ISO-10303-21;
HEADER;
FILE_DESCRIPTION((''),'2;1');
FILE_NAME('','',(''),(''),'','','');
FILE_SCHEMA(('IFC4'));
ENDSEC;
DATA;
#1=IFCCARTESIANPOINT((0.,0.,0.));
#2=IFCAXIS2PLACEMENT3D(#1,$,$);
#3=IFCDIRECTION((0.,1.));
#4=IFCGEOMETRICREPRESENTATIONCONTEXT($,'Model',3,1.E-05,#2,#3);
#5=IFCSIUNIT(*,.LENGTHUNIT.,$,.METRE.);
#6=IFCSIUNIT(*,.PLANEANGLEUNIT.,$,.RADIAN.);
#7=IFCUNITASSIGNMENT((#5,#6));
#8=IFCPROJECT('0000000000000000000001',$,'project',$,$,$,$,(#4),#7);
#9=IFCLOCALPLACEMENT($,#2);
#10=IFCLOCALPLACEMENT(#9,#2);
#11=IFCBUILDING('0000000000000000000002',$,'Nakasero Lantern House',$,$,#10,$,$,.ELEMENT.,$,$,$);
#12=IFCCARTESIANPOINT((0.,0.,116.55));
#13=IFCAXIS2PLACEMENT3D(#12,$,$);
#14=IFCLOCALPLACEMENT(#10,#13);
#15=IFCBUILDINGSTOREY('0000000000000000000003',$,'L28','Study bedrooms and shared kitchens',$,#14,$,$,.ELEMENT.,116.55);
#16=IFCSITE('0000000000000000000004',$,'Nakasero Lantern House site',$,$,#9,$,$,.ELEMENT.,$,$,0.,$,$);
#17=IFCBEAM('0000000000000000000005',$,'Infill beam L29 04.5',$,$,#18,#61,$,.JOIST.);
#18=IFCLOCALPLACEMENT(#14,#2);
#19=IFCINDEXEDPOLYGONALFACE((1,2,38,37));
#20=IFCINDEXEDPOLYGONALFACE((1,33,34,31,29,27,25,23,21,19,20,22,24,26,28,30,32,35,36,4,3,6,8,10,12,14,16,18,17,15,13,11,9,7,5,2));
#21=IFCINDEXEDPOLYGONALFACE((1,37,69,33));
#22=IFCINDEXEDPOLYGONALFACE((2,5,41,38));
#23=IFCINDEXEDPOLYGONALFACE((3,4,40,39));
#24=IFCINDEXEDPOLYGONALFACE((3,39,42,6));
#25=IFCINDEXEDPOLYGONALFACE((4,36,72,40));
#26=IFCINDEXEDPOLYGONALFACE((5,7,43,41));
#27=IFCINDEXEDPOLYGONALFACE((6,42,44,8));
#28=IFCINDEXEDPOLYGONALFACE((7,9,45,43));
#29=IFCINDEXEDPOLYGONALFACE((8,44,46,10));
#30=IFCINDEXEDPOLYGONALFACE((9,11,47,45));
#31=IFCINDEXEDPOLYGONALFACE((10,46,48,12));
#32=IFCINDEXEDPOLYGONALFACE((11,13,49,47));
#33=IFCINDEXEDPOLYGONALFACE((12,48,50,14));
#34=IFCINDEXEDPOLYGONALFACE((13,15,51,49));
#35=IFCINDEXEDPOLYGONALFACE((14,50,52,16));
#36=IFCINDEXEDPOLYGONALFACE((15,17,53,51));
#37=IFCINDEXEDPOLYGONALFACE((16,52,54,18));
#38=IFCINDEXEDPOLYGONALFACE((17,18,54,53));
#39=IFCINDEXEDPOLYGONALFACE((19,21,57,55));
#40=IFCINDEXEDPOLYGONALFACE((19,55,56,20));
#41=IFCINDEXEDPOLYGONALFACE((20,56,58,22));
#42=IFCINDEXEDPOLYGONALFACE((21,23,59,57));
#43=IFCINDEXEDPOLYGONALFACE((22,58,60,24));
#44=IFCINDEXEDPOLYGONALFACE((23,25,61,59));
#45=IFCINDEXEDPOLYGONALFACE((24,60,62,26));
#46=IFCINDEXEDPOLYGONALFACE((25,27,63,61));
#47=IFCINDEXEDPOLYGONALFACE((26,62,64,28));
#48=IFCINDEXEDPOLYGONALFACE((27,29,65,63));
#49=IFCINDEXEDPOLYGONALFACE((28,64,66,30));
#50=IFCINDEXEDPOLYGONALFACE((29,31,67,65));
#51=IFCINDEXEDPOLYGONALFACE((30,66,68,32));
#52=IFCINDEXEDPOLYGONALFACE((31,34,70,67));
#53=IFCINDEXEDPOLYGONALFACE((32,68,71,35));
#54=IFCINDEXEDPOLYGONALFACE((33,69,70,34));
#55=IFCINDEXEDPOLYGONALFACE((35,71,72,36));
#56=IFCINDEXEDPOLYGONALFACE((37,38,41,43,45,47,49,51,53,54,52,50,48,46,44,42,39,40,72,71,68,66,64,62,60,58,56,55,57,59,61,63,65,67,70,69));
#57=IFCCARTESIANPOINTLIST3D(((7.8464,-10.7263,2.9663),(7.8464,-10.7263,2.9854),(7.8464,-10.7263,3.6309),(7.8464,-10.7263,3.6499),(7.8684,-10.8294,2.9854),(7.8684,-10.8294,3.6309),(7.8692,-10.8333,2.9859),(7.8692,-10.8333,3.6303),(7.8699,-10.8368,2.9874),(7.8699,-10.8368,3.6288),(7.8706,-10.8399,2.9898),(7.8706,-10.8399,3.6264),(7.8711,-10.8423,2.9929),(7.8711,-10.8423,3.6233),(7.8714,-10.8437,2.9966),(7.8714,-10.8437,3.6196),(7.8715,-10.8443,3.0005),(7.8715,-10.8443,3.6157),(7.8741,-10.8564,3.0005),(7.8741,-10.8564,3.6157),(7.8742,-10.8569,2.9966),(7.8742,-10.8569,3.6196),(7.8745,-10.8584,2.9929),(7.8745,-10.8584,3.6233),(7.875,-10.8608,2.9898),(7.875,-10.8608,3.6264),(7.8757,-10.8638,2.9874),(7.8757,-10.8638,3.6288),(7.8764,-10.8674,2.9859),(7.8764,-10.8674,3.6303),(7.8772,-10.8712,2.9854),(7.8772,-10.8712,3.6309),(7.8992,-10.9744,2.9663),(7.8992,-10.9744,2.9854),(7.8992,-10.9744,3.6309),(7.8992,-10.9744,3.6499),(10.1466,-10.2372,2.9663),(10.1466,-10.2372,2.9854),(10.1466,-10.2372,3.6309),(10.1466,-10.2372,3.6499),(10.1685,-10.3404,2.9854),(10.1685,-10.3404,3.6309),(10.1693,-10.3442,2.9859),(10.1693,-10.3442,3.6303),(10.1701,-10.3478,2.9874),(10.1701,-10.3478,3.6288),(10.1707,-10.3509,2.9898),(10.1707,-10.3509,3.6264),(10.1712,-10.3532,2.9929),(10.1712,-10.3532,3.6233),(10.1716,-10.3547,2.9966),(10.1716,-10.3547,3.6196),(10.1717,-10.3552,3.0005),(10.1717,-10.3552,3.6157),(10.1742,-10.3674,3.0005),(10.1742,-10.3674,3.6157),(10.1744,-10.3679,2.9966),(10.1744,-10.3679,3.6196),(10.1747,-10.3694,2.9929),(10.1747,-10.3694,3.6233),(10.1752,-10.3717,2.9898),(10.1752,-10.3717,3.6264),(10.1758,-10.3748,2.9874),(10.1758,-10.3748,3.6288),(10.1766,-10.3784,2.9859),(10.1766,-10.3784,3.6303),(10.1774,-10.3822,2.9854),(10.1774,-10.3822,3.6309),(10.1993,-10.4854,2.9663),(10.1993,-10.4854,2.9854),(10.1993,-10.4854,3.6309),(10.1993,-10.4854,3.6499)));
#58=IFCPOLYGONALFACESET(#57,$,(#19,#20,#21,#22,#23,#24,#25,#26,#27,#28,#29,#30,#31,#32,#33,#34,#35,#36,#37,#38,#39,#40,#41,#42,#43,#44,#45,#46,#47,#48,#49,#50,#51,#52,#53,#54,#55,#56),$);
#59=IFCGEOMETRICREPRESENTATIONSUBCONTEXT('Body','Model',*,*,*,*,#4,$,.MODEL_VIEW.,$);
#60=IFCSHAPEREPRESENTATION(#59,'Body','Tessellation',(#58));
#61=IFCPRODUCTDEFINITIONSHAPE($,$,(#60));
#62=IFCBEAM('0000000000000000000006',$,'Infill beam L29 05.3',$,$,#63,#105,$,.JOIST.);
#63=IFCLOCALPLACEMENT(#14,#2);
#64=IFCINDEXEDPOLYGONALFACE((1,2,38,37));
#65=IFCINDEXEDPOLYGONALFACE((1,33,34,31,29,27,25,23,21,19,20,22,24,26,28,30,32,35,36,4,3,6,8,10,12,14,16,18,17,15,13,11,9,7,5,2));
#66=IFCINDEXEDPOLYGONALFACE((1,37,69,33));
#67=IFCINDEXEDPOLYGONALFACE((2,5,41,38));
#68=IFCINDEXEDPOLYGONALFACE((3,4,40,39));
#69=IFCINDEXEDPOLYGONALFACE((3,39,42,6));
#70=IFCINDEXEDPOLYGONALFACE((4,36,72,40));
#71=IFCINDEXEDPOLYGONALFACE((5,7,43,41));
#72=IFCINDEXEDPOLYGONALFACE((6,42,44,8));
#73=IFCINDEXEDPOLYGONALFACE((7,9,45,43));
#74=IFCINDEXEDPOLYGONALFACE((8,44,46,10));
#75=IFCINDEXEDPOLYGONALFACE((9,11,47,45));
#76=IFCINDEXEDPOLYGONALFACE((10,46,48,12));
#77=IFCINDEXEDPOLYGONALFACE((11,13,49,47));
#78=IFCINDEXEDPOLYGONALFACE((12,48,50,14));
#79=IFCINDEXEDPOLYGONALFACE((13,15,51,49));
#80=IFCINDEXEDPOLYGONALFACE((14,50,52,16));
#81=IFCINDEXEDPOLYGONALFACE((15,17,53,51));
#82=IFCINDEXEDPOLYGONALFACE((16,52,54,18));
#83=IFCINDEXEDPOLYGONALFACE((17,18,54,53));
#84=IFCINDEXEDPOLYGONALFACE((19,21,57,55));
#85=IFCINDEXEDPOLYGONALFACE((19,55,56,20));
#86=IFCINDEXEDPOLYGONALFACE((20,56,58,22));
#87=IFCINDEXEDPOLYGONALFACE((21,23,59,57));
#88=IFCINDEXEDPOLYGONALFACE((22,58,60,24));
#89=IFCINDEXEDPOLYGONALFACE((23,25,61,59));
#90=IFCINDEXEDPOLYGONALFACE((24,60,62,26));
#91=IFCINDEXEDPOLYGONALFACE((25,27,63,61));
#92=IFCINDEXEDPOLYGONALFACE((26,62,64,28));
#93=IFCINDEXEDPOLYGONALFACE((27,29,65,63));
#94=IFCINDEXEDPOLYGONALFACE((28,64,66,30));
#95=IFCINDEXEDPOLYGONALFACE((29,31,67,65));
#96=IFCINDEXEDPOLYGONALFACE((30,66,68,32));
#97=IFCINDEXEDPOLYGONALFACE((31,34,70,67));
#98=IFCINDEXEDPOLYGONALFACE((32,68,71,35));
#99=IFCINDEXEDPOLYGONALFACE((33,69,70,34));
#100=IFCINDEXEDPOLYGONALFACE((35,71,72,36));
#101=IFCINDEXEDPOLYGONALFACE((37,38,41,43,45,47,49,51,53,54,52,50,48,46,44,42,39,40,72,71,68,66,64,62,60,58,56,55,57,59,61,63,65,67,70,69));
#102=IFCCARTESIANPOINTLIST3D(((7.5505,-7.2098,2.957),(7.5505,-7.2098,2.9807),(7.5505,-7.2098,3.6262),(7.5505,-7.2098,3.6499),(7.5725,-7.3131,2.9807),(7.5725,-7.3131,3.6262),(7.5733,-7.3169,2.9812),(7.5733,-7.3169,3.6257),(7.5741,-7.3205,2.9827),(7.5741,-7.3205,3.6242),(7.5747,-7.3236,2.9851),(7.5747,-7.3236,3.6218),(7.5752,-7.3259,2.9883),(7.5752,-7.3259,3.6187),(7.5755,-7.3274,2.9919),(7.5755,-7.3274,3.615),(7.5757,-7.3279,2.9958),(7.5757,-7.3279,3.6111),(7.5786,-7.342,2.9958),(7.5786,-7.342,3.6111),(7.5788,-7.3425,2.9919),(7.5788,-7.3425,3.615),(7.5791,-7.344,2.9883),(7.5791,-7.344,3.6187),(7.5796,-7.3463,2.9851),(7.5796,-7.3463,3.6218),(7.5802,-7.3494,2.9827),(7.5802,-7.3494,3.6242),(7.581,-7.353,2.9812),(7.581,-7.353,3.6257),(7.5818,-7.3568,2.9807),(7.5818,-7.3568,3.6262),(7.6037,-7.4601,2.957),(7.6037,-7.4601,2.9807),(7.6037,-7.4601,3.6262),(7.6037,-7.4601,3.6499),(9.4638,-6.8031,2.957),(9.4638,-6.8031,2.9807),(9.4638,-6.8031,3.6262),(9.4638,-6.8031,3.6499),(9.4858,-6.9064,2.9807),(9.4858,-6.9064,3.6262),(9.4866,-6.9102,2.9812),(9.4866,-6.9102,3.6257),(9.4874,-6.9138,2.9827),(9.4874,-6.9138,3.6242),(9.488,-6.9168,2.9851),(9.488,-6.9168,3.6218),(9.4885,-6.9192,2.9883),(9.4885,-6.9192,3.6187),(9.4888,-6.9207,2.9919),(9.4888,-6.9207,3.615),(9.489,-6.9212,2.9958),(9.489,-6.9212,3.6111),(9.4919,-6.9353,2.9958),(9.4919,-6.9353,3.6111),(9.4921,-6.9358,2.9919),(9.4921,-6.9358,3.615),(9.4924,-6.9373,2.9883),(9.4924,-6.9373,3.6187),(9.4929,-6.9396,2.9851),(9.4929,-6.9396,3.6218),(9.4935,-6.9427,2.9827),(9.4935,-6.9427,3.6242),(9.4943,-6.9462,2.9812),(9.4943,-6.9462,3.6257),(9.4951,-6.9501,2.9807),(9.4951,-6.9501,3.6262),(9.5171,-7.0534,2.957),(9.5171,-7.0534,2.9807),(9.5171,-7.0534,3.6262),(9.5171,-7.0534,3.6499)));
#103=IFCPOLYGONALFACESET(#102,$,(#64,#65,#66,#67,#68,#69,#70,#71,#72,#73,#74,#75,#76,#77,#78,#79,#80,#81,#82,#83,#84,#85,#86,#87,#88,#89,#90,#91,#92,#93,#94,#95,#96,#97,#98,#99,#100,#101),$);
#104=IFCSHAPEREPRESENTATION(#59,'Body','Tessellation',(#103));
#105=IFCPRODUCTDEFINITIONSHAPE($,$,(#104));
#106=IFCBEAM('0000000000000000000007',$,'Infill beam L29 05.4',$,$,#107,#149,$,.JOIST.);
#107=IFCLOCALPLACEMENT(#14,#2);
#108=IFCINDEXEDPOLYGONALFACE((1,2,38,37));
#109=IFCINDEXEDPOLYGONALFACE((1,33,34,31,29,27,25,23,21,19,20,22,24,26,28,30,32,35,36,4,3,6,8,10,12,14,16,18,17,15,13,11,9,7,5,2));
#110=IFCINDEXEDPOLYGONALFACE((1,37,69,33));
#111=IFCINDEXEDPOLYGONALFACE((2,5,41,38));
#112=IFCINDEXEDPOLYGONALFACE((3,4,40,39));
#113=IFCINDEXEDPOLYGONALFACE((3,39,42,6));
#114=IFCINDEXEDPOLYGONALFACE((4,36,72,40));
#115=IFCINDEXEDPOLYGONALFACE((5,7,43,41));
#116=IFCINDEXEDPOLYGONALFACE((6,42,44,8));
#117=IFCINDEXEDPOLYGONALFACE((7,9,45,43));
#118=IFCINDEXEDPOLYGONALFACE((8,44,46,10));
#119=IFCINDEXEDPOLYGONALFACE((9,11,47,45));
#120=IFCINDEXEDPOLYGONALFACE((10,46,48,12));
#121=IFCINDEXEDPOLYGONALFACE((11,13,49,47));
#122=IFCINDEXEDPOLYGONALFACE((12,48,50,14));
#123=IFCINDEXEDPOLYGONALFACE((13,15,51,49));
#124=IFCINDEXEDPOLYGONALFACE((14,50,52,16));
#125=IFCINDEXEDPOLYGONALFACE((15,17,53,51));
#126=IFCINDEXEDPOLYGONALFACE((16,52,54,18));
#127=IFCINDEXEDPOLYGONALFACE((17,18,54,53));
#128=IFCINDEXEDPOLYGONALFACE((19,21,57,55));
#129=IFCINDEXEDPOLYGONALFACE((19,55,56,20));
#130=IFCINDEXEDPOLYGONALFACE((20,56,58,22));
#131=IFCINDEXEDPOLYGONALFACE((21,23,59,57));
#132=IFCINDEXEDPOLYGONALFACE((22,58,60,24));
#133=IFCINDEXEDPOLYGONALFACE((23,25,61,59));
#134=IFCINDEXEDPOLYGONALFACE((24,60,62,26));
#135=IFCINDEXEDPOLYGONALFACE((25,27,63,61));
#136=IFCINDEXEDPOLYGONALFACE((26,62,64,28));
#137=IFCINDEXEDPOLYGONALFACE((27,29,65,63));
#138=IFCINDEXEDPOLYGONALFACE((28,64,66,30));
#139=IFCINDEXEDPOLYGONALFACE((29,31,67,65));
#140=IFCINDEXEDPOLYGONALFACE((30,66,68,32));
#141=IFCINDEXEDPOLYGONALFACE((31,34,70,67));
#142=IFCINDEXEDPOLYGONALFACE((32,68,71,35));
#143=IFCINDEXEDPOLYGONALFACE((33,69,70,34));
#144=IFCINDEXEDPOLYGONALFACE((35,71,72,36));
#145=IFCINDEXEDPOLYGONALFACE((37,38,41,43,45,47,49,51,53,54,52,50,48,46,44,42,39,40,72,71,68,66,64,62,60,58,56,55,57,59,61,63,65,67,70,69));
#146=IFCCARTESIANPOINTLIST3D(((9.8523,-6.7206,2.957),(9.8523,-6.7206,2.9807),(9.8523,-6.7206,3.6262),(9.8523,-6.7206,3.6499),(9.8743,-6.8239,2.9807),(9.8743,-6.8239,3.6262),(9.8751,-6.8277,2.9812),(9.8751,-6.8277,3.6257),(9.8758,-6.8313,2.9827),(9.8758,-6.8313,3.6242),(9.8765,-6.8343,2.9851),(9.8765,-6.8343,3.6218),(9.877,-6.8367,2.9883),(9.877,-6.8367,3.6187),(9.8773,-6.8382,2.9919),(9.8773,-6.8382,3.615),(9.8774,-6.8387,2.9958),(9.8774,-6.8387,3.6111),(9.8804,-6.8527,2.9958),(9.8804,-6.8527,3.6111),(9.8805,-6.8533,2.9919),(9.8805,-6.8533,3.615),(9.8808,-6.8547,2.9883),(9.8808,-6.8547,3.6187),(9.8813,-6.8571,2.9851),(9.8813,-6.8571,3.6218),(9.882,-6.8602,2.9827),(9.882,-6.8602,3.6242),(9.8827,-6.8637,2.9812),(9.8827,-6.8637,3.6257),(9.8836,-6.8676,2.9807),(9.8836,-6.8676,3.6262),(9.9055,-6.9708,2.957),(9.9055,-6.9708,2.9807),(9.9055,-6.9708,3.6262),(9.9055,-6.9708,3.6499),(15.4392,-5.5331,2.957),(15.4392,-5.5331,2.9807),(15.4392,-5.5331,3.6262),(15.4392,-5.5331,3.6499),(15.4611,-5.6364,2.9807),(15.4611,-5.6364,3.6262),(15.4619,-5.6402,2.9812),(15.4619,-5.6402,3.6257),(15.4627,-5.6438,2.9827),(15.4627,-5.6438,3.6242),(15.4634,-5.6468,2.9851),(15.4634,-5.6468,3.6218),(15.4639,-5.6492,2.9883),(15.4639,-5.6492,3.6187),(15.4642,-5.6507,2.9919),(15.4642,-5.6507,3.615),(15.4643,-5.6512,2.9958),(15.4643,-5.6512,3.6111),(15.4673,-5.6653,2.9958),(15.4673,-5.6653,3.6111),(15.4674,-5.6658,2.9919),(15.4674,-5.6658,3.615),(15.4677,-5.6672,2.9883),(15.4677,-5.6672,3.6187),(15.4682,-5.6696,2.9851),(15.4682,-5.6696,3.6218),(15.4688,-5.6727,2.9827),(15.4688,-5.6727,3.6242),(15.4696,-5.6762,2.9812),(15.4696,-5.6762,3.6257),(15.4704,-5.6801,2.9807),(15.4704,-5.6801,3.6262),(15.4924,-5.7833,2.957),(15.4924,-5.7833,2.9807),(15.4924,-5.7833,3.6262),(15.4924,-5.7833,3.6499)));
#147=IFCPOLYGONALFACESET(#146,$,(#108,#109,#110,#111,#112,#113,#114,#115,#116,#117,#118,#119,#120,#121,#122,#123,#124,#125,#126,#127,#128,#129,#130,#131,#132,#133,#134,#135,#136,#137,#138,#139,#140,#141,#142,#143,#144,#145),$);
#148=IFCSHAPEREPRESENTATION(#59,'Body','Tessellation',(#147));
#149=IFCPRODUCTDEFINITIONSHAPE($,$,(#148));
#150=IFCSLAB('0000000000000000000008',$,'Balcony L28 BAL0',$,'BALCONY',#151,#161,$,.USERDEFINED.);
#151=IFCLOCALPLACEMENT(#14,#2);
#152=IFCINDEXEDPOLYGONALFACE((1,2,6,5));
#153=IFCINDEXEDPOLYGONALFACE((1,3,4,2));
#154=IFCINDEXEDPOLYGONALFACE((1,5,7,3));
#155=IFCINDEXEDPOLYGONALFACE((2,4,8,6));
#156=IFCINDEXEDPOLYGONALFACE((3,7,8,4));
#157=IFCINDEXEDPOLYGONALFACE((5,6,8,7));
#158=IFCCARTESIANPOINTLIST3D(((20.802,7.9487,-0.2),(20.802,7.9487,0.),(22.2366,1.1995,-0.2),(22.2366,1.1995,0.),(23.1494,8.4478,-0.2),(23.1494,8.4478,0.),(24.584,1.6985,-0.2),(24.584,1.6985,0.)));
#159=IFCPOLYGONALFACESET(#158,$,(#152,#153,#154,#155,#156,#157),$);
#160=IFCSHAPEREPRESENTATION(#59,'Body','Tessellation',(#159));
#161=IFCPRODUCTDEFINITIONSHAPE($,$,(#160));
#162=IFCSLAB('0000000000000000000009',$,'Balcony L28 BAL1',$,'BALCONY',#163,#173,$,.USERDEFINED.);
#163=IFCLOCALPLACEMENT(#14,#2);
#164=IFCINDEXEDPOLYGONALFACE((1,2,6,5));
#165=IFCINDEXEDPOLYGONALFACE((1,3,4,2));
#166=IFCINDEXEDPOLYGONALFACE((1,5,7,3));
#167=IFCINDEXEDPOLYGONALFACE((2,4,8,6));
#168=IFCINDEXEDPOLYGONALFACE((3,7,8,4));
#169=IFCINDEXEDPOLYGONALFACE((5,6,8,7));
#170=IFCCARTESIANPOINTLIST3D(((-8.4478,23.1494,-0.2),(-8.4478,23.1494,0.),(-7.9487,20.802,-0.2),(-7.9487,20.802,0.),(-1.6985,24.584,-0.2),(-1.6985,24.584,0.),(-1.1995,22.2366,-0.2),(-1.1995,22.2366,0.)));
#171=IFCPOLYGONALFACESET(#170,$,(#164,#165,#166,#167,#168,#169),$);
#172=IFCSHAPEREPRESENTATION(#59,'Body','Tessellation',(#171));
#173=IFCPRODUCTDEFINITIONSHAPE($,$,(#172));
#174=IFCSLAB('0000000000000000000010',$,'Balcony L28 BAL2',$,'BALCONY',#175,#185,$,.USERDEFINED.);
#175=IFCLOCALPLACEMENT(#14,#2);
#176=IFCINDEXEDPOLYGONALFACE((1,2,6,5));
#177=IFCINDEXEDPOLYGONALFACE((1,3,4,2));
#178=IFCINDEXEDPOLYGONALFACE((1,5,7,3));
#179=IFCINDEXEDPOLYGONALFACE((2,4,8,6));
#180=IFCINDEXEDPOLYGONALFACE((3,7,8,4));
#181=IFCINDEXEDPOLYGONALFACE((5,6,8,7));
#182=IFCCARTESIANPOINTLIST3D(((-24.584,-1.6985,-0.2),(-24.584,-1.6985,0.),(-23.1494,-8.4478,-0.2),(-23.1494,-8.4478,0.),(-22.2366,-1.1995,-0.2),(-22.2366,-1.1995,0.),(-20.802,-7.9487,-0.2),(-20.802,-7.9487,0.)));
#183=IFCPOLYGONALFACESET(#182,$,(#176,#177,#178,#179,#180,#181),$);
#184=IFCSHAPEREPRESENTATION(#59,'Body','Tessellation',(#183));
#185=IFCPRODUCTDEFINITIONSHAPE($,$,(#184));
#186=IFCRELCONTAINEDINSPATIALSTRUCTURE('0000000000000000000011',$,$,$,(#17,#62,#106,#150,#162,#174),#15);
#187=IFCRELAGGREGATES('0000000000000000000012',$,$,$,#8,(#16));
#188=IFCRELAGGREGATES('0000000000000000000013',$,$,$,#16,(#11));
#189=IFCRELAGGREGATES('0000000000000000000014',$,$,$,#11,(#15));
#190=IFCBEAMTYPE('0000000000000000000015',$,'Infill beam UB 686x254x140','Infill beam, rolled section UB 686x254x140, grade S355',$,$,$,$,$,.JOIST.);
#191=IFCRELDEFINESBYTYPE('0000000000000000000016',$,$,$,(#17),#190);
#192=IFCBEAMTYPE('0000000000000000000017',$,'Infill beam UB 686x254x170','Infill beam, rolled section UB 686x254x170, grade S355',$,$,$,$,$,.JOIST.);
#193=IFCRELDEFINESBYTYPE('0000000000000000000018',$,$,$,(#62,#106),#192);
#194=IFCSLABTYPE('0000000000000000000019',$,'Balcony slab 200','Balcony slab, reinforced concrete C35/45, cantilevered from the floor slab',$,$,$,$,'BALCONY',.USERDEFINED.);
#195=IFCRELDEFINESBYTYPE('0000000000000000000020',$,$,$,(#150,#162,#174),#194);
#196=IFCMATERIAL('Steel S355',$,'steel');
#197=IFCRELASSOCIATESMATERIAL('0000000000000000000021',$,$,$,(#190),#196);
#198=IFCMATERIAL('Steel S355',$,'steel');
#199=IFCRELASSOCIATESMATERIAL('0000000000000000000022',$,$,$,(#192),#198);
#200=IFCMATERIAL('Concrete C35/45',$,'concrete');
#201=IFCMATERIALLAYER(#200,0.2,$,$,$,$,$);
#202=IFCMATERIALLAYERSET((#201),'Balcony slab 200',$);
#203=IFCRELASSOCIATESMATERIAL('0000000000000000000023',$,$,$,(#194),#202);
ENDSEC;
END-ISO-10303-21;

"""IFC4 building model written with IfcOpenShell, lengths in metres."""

from ifc_helpers import new_model, si_unit, direction, frame, origin, origin_2d, place, context, subcontext, project, spatial, polyline, i_section, outline, extrude, material, layer, layer_set, material_profile, profile_set, type_object, element, save


model = new_model("IFC4")

# Units and contexts
model_context = context("Model", 3, precision=1e-05, world=origin(), true_north=direction((0.0, 1.0)))
body_context = subcontext(model_context, "Body", "Model", "MODEL_VIEW")
ifc_project = project(units=[si_unit("LENGTHUNIT", "METRE"), si_unit("PLANEANGLEUNIT", "RADIAN")], contexts=[model_context])

# Site, building, storey
site_placement = place(None, origin())
site = spatial("IfcSite", under=ifc_project, at=site_placement, Name="Nakasero Lantern House site", CompositionType="ELEMENT", RefElevation=0.0)
building_placement = place(site_placement, origin())
building = spatial("IfcBuilding", under=site, at=building_placement, Name="Nakasero Lantern House", CompositionType="ELEMENT")
storey_placement = place(building_placement, frame((0.0, 0.0, 116.55)))
storey = spatial("IfcBuildingStorey", under=building, at=storey_placement, Name="L28", Description="Study bedrooms and shared kitchens", CompositionType="ELEMENT", Elevation=116.55)

# Beams
ifc_material_1 = material(Name="Steel S355", Category="steel")
ifc_material_profile_1 = material_profile(ifc_material_1, i_section(OverallWidth=0.2537, OverallDepth=0.6836, WebThickness=0.0125, FlangeThickness=0.019, FilletRadius=0.0151, at=origin_2d()), Name="UB 686x254x140")
ifc_profile_set_1 = profile_set([ifc_material_profile_1], Name="Steel S355")
beam_type_1 = type_object("IfcBeamType", Name="Infill beam UB 686x254x140", Description="Infill beam, rolled section UB 686x254x140, grade S355", PredefinedType="JOIST", material=ifc_profile_set_1)
beam_1_placement = place(storey_placement, frame((7.8728, -10.8503, 3.3081), z_axis=(0.978137, 0.207962, 0.0), x_axis=(-0.207962, 0.978137, 0.0)))
element("IfcBeam", 1, at=beam_1_placement, inside=storey, type_object=beam_type_1, Name="Infill beam L29 04.5", PredefinedType="JOIST", context=body_context, shape_type="SweptSolid", body=[
    extrude(i_section(OverallWidth=0.2537, OverallDepth=0.6836, WebThickness=0.0125, FlangeThickness=0.019, FilletRadius=0.0151, at=origin_2d()), origin(), (0.0, 0.0, 1.0), 2.3516),
])
ifc_material_2 = material(Name="Steel S355", Category="steel")
ifc_material_profile_2 = material_profile(ifc_material_2, i_section(OverallWidth=0.2559, OverallDepth=0.6929, WebThickness=0.0144, FlangeThickness=0.0237, FilletRadius=0.0151, at=origin_2d()), Name="UB 686x254x170")
ifc_profile_set_2 = profile_set([ifc_material_profile_2], Name="Steel S355")
beam_type_2 = type_object("IfcBeamType", Name="Infill beam UB 686x254x170", Description="Infill beam, rolled section UB 686x254x170, grade S355", PredefinedType="JOIST", material=ifc_profile_set_2)
beam_2_placement = place(storey_placement, frame((7.5771, -7.335, 3.3035), z_axis=(0.978143, 0.207935, 0.0), x_axis=(-0.207935, 0.978143, 0.0)))
element("IfcBeam", 2, at=beam_2_placement, inside=storey, type_object=beam_type_2, Name="Infill beam L29 05.3", PredefinedType="JOIST", context=body_context, shape_type="SweptSolid", body=[
    extrude(i_section(OverallWidth=0.2559, OverallDepth=0.6929, WebThickness=0.0144, FlangeThickness=0.0237, FilletRadius=0.0151, at=origin_2d()), origin(), (0.0, 0.0, 1.0), 1.9561),
])
beam_3_placement = place(storey_placement, frame((9.8789, -6.8457, 3.3035), z_axis=(0.978149, 0.207906, 0.0), x_axis=(-0.207906, 0.978149, 0.0)))
element("IfcBeam", 3, at=beam_3_placement, inside=storey, type_object=beam_type_2, Name="Infill beam L29 05.4", PredefinedType="JOIST", context=body_context, shape_type="SweptSolid", body=[
    extrude(i_section(OverallWidth=0.2559, OverallDepth=0.6929, WebThickness=0.0144, FlangeThickness=0.0237, FilletRadius=0.0151, at=origin_2d()), origin(), (0.0, 0.0, 1.0), 5.7117),
])

# Slabs
ifc_material_3 = material(Name="Concrete C35/45", Category="concrete")
ifc_layer_1 = layer(ifc_material_3, 0.2)
ifc_layer_set_1 = layer_set([ifc_layer_1], Name="Balcony slab 200")
slab_type_1 = type_object("IfcSlabType", Name="Balcony slab 200", Description="Balcony slab, reinforced concrete C35/45, cantilevered from the floor slab", ElementType="BALCONY", PredefinedType="USERDEFINED", material=ifc_layer_set_1)
slab_1_placement = place(storey_placement, frame((0.0, 0.0, -0.2)))
element("IfcSlab", 4, at=slab_1_placement, inside=storey, type_object=slab_type_1, Name="Balcony L28 BAL0", ObjectType="BALCONY", PredefinedType="USERDEFINED", context=body_context, shape_type="SweptSolid", body=[
    extrude(outline(polyline([(22.2366, 1.1995), (24.584, 1.6985), (23.1494, 8.4478), (20.802, 7.9487), (22.2366, 1.1995)])), origin(), (0.0, 0.0, 1.0), 0.2),
])
slab_2_placement = place(storey_placement, frame((0.0, 0.0, -0.2)))
element("IfcSlab", 5, at=slab_2_placement, inside=storey, type_object=slab_type_1, Name="Balcony L28 BAL1", ObjectType="BALCONY", PredefinedType="USERDEFINED", context=body_context, shape_type="SweptSolid", body=[
    extrude(outline(polyline([(-1.1995, 22.2366), (-1.6985, 24.584), (-8.4478, 23.1494), (-7.9487, 20.802), (-1.1995, 22.2366)])), origin(), (0.0, 0.0, 1.0), 0.2),
])
slab_3_placement = place(storey_placement, frame((0.0, 0.0, -0.2)))
element("IfcSlab", 6, at=slab_3_placement, inside=storey, type_object=slab_type_1, Name="Balcony L28 BAL2", ObjectType="BALCONY", PredefinedType="USERDEFINED", context=body_context, shape_type="SweptSolid", body=[
    extrude(outline(polyline([(-22.2366, -1.1995), (-24.584, -1.6985), (-23.1494, -8.4478), (-20.802, -7.9487), (-22.2366, -1.1995)])), origin(), (0.0, 0.0, 1.0), 0.2),
])

save(model, "model.ifc")
